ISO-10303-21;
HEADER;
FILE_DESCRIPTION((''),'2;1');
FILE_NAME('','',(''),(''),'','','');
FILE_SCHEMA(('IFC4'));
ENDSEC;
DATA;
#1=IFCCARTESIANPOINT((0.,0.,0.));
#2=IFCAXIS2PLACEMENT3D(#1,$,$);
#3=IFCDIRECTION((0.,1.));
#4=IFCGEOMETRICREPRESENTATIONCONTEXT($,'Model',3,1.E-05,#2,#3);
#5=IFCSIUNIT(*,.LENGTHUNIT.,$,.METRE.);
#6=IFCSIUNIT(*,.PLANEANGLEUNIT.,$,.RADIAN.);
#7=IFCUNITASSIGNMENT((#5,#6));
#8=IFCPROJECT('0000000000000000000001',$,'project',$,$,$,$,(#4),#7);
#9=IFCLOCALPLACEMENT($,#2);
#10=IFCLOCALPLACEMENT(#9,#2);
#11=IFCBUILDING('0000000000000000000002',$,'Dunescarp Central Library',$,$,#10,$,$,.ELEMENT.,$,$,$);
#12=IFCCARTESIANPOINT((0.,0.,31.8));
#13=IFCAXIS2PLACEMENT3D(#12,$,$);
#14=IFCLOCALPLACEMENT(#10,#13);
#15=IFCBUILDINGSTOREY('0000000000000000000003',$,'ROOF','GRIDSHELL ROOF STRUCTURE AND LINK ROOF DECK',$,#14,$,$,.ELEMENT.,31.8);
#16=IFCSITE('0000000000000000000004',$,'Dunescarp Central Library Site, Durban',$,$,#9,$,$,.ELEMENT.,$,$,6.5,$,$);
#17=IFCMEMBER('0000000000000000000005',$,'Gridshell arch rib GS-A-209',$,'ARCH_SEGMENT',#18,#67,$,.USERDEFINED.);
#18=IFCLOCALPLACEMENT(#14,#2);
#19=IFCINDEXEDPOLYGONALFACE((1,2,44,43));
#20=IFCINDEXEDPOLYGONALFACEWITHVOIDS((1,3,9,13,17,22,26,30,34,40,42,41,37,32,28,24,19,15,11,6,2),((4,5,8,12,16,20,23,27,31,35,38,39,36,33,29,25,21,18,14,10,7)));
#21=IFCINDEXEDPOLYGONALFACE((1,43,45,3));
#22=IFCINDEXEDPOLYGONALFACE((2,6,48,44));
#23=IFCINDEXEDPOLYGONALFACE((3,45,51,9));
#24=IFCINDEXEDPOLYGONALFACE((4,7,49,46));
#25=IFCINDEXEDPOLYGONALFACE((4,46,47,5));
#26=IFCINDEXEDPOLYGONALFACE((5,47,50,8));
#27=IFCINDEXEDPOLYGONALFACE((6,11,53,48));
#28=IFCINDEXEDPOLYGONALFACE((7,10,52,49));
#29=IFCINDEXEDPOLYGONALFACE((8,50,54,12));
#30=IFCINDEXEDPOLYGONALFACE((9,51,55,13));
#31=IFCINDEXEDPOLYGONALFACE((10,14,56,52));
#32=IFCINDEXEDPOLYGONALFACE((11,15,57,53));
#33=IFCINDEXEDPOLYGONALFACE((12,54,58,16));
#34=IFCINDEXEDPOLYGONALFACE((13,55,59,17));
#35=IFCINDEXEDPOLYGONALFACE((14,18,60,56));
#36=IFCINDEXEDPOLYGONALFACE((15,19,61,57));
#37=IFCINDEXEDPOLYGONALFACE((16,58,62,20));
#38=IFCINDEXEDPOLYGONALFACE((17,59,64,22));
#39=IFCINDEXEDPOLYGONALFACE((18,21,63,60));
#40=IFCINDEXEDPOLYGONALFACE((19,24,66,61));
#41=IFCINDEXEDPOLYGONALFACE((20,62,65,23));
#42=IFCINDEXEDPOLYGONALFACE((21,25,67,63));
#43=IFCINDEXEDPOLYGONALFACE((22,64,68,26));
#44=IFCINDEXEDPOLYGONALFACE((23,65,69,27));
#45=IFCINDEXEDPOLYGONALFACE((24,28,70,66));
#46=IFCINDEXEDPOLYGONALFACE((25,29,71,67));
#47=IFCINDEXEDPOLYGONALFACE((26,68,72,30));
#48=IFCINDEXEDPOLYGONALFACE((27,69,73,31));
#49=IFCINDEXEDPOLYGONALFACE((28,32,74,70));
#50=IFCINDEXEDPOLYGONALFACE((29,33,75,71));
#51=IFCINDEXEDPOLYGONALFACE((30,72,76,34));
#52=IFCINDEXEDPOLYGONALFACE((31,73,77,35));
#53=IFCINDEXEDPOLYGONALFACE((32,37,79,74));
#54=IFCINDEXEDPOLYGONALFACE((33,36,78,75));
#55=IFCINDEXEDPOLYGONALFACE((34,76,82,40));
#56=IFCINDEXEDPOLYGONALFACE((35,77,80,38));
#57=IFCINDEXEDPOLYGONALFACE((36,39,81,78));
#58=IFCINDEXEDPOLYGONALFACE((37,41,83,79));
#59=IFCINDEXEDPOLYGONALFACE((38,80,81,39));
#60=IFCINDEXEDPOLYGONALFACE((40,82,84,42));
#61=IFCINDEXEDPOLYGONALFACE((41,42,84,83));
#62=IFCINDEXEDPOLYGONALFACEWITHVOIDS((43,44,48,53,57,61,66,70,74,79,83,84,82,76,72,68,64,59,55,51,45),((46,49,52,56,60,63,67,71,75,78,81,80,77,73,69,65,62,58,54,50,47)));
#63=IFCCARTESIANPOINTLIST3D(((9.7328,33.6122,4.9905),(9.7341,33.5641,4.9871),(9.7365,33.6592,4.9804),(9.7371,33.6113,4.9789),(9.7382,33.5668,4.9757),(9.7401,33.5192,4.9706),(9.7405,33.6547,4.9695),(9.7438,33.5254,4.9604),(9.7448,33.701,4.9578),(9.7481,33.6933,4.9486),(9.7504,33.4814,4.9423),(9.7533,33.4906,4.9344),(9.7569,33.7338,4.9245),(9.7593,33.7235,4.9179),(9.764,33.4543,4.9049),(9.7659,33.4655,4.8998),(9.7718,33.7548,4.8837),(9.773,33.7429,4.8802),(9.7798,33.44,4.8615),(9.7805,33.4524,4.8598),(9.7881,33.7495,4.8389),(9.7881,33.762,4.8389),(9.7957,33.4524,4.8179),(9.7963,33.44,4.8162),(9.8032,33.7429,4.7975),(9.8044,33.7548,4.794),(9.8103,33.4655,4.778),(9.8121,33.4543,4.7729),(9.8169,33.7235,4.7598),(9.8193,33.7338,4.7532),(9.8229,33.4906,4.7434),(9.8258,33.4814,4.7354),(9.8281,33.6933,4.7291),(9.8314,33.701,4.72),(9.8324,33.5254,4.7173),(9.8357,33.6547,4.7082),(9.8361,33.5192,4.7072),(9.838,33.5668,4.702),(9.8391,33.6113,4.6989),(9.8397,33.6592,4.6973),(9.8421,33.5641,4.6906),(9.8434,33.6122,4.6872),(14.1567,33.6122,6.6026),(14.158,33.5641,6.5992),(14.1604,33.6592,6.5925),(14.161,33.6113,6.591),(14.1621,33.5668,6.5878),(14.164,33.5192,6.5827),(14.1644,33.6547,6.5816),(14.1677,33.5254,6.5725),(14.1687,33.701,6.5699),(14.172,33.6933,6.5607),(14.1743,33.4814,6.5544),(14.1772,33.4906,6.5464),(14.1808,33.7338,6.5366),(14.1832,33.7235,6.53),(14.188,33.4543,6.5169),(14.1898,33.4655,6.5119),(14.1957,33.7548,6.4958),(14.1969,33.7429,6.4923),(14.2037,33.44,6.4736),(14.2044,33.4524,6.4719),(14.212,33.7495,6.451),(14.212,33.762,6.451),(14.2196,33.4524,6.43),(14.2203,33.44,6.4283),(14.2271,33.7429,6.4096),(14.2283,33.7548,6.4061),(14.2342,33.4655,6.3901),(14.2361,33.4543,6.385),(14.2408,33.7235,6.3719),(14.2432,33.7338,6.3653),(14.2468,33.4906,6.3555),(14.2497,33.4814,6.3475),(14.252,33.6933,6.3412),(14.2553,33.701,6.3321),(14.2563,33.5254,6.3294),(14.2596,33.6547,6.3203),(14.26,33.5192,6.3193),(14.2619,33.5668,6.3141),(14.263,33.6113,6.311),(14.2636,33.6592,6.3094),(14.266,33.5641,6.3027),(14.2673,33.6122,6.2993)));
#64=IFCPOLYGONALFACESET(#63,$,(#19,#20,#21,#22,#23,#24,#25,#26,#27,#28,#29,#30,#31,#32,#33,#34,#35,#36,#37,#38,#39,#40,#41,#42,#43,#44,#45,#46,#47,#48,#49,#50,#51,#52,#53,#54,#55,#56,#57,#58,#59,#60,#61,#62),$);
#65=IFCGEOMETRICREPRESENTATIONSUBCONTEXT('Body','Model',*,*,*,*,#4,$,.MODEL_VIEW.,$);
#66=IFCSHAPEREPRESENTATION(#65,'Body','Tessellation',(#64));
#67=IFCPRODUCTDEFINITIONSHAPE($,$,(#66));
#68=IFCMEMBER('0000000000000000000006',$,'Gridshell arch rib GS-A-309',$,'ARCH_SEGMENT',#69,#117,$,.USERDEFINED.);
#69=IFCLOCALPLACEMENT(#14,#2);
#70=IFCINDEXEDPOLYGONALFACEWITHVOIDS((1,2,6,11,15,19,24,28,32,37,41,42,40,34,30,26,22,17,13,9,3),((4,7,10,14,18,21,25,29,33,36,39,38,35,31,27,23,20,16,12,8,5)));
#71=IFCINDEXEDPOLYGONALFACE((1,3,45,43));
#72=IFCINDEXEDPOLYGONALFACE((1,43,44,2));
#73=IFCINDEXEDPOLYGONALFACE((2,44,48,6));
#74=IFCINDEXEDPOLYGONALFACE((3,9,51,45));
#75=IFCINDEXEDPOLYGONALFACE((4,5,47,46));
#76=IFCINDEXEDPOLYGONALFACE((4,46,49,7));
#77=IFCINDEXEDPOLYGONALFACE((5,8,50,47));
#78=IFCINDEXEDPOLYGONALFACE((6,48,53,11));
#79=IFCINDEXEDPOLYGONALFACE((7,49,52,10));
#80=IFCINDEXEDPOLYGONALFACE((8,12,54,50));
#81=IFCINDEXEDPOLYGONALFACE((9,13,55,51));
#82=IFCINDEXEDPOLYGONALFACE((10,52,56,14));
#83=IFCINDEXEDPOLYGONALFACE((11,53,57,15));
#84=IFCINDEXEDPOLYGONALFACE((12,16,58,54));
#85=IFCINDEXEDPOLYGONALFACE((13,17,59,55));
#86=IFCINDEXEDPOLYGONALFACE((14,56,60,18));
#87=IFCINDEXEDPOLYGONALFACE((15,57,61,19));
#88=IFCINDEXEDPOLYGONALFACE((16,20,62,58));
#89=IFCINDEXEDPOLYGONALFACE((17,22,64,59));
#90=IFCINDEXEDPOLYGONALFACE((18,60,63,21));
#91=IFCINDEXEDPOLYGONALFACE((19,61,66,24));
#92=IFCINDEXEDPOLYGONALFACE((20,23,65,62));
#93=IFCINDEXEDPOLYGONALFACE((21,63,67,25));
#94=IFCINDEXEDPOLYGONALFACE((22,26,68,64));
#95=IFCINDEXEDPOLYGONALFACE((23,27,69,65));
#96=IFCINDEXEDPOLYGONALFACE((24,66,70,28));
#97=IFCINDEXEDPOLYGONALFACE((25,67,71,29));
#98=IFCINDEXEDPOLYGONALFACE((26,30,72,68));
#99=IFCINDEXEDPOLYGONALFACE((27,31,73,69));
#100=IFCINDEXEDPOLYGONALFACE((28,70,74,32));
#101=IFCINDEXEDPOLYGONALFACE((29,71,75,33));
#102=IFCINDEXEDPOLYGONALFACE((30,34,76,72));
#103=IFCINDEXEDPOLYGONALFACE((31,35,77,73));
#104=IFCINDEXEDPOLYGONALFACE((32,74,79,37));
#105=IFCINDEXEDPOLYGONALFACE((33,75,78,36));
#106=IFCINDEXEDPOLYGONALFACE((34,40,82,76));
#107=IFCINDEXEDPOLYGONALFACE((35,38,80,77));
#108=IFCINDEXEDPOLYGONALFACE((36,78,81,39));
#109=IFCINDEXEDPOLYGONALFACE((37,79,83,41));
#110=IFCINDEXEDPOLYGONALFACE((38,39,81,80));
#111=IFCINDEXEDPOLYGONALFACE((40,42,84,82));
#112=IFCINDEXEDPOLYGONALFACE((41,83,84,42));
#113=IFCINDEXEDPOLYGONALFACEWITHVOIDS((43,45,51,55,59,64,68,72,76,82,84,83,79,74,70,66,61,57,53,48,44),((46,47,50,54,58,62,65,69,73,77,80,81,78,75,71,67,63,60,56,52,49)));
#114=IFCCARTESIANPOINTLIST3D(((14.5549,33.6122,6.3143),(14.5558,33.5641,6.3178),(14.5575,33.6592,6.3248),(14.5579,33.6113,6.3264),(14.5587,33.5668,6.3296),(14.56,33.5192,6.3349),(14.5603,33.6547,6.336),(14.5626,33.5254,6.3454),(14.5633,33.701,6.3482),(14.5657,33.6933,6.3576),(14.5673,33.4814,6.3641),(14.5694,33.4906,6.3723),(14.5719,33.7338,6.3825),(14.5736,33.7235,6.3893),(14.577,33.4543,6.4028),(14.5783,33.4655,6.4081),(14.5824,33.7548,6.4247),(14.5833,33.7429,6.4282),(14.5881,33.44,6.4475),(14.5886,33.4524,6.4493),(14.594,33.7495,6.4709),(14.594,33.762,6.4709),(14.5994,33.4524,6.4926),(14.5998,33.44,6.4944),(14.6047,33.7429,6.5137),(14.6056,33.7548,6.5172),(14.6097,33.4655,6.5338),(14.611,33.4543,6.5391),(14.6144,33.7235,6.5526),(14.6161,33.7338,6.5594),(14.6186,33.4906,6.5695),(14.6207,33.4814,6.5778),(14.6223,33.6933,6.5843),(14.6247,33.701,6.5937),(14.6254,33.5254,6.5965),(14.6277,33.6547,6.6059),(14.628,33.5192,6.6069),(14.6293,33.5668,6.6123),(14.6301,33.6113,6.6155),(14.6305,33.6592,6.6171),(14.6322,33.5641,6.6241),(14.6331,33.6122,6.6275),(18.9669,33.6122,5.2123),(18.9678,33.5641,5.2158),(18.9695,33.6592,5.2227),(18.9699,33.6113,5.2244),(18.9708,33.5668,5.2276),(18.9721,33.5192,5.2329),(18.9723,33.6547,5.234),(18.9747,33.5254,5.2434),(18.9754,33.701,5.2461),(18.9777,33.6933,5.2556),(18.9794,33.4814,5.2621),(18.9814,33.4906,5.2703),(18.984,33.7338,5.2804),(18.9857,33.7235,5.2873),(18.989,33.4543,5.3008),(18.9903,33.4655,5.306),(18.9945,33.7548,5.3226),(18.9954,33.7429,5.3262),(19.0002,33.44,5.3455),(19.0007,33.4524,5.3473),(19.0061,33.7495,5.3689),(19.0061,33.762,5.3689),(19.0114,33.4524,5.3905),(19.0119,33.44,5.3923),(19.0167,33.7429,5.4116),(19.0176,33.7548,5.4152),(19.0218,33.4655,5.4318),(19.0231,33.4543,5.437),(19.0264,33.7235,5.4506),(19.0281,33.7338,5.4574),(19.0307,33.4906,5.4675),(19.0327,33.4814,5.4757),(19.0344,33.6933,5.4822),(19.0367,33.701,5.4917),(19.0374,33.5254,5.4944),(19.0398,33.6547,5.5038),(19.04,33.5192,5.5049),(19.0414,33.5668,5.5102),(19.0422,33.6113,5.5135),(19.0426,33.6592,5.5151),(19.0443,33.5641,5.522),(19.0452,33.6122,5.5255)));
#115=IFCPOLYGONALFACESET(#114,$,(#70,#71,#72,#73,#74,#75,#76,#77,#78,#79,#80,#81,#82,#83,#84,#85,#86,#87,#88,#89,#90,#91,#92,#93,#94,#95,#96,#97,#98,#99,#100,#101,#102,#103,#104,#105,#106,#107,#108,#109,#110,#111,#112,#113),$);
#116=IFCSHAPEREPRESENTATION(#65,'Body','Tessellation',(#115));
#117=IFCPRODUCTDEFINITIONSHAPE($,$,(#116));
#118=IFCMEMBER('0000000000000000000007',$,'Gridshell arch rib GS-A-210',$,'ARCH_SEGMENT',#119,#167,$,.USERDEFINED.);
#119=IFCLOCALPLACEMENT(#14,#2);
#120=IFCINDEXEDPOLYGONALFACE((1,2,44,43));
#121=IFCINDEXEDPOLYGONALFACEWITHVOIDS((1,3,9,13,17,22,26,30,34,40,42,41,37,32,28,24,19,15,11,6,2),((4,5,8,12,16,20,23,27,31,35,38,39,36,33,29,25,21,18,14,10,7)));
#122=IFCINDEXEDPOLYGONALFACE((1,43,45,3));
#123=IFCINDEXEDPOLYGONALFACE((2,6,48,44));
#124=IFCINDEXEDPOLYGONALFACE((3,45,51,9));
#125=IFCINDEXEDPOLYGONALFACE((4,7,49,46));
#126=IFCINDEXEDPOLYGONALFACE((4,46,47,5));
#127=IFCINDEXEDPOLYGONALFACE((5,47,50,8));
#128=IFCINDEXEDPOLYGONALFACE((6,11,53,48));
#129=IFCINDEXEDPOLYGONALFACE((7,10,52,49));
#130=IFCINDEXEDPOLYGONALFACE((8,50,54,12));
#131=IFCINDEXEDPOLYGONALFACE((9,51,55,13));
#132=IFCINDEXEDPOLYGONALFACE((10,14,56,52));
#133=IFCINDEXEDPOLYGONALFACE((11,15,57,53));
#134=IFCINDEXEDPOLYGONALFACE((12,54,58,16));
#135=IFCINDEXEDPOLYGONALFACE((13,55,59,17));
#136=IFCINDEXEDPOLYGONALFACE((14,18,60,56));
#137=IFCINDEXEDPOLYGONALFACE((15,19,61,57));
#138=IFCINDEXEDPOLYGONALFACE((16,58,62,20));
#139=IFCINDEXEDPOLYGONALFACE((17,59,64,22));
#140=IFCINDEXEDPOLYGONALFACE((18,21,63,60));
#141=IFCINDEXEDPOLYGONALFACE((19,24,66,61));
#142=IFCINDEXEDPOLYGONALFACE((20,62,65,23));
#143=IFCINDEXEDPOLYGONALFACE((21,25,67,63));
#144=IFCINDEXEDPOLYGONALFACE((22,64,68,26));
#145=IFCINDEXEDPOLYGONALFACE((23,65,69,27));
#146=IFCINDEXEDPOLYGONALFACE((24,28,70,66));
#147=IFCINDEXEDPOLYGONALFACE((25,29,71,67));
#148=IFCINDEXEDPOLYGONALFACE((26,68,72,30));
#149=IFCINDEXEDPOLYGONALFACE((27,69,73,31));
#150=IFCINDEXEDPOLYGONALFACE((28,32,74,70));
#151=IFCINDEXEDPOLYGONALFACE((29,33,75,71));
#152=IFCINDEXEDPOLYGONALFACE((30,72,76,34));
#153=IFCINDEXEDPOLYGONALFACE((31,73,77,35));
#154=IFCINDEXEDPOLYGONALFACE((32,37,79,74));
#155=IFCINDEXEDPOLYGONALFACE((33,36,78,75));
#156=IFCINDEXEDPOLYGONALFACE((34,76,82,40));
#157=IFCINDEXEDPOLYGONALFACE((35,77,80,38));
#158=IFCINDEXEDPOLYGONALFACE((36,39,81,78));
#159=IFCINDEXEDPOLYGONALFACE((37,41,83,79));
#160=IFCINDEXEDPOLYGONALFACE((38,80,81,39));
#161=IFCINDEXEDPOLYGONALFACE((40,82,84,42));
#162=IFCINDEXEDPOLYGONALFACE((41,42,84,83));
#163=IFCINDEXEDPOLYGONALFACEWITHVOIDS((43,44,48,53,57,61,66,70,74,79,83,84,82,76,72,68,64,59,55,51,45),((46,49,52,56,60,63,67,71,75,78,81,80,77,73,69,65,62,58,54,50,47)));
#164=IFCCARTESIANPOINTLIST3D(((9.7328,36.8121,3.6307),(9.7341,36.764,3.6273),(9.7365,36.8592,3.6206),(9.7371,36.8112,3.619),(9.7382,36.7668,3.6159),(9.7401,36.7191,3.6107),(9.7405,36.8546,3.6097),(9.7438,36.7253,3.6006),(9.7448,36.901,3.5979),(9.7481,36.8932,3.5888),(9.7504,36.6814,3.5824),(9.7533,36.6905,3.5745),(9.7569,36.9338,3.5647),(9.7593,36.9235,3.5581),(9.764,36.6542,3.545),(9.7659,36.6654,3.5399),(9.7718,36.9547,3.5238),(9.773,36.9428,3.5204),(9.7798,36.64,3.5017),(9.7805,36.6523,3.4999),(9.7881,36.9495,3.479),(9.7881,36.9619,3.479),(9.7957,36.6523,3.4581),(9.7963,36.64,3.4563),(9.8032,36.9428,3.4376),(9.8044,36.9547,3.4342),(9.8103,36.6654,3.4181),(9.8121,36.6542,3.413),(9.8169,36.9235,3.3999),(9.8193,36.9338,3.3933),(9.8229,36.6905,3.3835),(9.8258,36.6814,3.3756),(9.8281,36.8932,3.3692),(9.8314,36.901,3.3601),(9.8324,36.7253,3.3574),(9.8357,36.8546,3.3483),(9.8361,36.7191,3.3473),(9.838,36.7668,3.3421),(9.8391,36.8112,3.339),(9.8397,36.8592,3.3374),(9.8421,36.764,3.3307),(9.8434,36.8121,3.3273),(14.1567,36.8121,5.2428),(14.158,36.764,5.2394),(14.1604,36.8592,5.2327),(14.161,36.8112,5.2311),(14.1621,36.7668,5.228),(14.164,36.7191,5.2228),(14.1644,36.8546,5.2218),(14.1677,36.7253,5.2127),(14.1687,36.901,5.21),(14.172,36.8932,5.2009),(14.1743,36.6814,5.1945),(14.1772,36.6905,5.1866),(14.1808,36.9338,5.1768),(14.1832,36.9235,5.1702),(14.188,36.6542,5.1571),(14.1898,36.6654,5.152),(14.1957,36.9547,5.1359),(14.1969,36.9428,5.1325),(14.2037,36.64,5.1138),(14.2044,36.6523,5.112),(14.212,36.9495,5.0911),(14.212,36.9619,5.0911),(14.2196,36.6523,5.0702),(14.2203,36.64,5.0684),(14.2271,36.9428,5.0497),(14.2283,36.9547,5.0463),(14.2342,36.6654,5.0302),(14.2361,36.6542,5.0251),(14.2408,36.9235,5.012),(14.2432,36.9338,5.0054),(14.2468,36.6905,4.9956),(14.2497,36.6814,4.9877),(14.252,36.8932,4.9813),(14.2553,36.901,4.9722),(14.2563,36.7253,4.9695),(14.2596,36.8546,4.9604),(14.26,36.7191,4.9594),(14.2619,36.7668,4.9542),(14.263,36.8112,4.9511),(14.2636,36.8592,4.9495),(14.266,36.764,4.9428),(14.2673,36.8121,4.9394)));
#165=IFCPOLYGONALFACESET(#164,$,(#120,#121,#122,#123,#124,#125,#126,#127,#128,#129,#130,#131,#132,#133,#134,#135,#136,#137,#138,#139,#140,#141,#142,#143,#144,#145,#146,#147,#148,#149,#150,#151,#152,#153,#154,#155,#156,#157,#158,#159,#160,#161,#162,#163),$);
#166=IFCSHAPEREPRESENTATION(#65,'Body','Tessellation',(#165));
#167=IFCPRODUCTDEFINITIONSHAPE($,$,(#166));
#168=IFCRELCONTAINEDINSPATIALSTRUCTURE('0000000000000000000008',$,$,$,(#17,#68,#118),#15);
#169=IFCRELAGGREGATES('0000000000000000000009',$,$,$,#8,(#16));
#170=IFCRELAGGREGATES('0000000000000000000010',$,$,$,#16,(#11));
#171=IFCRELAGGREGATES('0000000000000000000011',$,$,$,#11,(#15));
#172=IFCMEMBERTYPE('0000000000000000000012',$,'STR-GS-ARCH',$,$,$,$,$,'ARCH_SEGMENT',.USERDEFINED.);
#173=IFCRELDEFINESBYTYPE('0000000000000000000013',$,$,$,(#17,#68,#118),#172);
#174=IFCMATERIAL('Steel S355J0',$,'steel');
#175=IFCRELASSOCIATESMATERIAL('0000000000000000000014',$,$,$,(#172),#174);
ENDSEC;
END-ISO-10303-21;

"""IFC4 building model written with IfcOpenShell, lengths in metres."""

from ifc_helpers import new_model, si_unit, direction, frame, origin, origin_2d, place, context, subcontext, project, spatial, hollow_circle, extrude, material, material_profile, profile_set, type_object, element, save


model = new_model("IFC4")

# Units and contexts
model_context = context("Model", 3, precision=1e-05, world=origin(), true_north=direction((0.0, 1.0)))
body_context = subcontext(model_context, "Body", "Model", "MODEL_VIEW")
ifc_project = project(units=[si_unit("LENGTHUNIT", "METRE"), si_unit("PLANEANGLEUNIT", "RADIAN")], contexts=[model_context])

# Site, building, storey
site_placement = place(None, origin())
site = spatial("IfcSite", under=ifc_project, at=site_placement, Name="Dunescarp Central Library Site, Durban", CompositionType="ELEMENT", RefElevation=6.5)
building_placement = place(site_placement, origin())
building = spatial("IfcBuilding", under=site, at=building_placement, Name="Dunescarp Central Library", CompositionType="ELEMENT")
storey_placement = place(building_placement, frame((0.0, 0.0, 31.8)))
storey = spatial("IfcBuildingStorey", under=building, at=storey_placement, Name="ROOF", Description="GRIDSHELL ROOF STRUCTURE AND LINK ROOF DECK", CompositionType="ELEMENT", Elevation=31.8)

# Members
ifc_material_1 = material(Name="Steel S355J0", Category="steel")
ifc_material_profile_1 = material_profile(ifc_material_1, hollow_circle(Radius=0.1619, WallThickness=0.0125, at=origin_2d()), Name="CHS 323.9x12.5")
ifc_profile_set_1 = profile_set([ifc_material_profile_1], Name="Steel S355J0")
member_type_1 = type_object("IfcMemberType", Name="STR-GS-ARCH", ElementType="ARCH_SEGMENT", PredefinedType="USERDEFINED", material=ifc_profile_set_1)
member_1_placement = place(storey_placement, frame((9.7881, 33.6001, 4.8389), z_axis=(0.939562, 0.0, 0.34238), x_axis=(0.0, 1.0, 0.0)))
element("IfcMember", 1, at=member_1_placement, inside=storey, type_object=member_type_1, Name="Gridshell arch rib GS-A-209", ObjectType="ARCH_SEGMENT", PredefinedType="USERDEFINED", context=body_context, shape_type="SweptSolid", body=[
    extrude(hollow_circle(Radius=0.1619, WallThickness=0.0125, at=origin_2d()), origin(), (0.0, 0.0, 1.0), 4.7085),
])
member_2_placement = place(storey_placement, frame((14.594, 33.6001, 6.4709), z_axis=(0.970193, 0.0, -0.242334), x_axis=(0.0, 1.0, 0.0)))
element("IfcMember", 2, at=member_2_placement, inside=storey, type_object=member_type_1, Name="Gridshell arch rib GS-A-309", ObjectType="ARCH_SEGMENT", PredefinedType="USERDEFINED", context=body_context, shape_type="SweptSolid", body=[
    extrude(hollow_circle(Radius=0.1619, WallThickness=0.0125, at=origin_2d()), origin(), (0.0, 0.0, 1.0), 4.5476),
])
member_3_placement = place(storey_placement, frame((9.7881, 36.8, 3.479), z_axis=(0.939562, 0.0, 0.34238), x_axis=(0.0, 1.0, 0.0)))
element("IfcMember", 3, at=member_3_placement, inside=storey, type_object=member_type_1, Name="Gridshell arch rib GS-A-210", ObjectType="ARCH_SEGMENT", PredefinedType="USERDEFINED", context=body_context, shape_type="SweptSolid", body=[
    extrude(hollow_circle(Radius=0.1619, WallThickness=0.0125, at=origin_2d()), origin(), (0.0, 0.0, 1.0), 4.7085),
])

save(model, "model.ifc")
